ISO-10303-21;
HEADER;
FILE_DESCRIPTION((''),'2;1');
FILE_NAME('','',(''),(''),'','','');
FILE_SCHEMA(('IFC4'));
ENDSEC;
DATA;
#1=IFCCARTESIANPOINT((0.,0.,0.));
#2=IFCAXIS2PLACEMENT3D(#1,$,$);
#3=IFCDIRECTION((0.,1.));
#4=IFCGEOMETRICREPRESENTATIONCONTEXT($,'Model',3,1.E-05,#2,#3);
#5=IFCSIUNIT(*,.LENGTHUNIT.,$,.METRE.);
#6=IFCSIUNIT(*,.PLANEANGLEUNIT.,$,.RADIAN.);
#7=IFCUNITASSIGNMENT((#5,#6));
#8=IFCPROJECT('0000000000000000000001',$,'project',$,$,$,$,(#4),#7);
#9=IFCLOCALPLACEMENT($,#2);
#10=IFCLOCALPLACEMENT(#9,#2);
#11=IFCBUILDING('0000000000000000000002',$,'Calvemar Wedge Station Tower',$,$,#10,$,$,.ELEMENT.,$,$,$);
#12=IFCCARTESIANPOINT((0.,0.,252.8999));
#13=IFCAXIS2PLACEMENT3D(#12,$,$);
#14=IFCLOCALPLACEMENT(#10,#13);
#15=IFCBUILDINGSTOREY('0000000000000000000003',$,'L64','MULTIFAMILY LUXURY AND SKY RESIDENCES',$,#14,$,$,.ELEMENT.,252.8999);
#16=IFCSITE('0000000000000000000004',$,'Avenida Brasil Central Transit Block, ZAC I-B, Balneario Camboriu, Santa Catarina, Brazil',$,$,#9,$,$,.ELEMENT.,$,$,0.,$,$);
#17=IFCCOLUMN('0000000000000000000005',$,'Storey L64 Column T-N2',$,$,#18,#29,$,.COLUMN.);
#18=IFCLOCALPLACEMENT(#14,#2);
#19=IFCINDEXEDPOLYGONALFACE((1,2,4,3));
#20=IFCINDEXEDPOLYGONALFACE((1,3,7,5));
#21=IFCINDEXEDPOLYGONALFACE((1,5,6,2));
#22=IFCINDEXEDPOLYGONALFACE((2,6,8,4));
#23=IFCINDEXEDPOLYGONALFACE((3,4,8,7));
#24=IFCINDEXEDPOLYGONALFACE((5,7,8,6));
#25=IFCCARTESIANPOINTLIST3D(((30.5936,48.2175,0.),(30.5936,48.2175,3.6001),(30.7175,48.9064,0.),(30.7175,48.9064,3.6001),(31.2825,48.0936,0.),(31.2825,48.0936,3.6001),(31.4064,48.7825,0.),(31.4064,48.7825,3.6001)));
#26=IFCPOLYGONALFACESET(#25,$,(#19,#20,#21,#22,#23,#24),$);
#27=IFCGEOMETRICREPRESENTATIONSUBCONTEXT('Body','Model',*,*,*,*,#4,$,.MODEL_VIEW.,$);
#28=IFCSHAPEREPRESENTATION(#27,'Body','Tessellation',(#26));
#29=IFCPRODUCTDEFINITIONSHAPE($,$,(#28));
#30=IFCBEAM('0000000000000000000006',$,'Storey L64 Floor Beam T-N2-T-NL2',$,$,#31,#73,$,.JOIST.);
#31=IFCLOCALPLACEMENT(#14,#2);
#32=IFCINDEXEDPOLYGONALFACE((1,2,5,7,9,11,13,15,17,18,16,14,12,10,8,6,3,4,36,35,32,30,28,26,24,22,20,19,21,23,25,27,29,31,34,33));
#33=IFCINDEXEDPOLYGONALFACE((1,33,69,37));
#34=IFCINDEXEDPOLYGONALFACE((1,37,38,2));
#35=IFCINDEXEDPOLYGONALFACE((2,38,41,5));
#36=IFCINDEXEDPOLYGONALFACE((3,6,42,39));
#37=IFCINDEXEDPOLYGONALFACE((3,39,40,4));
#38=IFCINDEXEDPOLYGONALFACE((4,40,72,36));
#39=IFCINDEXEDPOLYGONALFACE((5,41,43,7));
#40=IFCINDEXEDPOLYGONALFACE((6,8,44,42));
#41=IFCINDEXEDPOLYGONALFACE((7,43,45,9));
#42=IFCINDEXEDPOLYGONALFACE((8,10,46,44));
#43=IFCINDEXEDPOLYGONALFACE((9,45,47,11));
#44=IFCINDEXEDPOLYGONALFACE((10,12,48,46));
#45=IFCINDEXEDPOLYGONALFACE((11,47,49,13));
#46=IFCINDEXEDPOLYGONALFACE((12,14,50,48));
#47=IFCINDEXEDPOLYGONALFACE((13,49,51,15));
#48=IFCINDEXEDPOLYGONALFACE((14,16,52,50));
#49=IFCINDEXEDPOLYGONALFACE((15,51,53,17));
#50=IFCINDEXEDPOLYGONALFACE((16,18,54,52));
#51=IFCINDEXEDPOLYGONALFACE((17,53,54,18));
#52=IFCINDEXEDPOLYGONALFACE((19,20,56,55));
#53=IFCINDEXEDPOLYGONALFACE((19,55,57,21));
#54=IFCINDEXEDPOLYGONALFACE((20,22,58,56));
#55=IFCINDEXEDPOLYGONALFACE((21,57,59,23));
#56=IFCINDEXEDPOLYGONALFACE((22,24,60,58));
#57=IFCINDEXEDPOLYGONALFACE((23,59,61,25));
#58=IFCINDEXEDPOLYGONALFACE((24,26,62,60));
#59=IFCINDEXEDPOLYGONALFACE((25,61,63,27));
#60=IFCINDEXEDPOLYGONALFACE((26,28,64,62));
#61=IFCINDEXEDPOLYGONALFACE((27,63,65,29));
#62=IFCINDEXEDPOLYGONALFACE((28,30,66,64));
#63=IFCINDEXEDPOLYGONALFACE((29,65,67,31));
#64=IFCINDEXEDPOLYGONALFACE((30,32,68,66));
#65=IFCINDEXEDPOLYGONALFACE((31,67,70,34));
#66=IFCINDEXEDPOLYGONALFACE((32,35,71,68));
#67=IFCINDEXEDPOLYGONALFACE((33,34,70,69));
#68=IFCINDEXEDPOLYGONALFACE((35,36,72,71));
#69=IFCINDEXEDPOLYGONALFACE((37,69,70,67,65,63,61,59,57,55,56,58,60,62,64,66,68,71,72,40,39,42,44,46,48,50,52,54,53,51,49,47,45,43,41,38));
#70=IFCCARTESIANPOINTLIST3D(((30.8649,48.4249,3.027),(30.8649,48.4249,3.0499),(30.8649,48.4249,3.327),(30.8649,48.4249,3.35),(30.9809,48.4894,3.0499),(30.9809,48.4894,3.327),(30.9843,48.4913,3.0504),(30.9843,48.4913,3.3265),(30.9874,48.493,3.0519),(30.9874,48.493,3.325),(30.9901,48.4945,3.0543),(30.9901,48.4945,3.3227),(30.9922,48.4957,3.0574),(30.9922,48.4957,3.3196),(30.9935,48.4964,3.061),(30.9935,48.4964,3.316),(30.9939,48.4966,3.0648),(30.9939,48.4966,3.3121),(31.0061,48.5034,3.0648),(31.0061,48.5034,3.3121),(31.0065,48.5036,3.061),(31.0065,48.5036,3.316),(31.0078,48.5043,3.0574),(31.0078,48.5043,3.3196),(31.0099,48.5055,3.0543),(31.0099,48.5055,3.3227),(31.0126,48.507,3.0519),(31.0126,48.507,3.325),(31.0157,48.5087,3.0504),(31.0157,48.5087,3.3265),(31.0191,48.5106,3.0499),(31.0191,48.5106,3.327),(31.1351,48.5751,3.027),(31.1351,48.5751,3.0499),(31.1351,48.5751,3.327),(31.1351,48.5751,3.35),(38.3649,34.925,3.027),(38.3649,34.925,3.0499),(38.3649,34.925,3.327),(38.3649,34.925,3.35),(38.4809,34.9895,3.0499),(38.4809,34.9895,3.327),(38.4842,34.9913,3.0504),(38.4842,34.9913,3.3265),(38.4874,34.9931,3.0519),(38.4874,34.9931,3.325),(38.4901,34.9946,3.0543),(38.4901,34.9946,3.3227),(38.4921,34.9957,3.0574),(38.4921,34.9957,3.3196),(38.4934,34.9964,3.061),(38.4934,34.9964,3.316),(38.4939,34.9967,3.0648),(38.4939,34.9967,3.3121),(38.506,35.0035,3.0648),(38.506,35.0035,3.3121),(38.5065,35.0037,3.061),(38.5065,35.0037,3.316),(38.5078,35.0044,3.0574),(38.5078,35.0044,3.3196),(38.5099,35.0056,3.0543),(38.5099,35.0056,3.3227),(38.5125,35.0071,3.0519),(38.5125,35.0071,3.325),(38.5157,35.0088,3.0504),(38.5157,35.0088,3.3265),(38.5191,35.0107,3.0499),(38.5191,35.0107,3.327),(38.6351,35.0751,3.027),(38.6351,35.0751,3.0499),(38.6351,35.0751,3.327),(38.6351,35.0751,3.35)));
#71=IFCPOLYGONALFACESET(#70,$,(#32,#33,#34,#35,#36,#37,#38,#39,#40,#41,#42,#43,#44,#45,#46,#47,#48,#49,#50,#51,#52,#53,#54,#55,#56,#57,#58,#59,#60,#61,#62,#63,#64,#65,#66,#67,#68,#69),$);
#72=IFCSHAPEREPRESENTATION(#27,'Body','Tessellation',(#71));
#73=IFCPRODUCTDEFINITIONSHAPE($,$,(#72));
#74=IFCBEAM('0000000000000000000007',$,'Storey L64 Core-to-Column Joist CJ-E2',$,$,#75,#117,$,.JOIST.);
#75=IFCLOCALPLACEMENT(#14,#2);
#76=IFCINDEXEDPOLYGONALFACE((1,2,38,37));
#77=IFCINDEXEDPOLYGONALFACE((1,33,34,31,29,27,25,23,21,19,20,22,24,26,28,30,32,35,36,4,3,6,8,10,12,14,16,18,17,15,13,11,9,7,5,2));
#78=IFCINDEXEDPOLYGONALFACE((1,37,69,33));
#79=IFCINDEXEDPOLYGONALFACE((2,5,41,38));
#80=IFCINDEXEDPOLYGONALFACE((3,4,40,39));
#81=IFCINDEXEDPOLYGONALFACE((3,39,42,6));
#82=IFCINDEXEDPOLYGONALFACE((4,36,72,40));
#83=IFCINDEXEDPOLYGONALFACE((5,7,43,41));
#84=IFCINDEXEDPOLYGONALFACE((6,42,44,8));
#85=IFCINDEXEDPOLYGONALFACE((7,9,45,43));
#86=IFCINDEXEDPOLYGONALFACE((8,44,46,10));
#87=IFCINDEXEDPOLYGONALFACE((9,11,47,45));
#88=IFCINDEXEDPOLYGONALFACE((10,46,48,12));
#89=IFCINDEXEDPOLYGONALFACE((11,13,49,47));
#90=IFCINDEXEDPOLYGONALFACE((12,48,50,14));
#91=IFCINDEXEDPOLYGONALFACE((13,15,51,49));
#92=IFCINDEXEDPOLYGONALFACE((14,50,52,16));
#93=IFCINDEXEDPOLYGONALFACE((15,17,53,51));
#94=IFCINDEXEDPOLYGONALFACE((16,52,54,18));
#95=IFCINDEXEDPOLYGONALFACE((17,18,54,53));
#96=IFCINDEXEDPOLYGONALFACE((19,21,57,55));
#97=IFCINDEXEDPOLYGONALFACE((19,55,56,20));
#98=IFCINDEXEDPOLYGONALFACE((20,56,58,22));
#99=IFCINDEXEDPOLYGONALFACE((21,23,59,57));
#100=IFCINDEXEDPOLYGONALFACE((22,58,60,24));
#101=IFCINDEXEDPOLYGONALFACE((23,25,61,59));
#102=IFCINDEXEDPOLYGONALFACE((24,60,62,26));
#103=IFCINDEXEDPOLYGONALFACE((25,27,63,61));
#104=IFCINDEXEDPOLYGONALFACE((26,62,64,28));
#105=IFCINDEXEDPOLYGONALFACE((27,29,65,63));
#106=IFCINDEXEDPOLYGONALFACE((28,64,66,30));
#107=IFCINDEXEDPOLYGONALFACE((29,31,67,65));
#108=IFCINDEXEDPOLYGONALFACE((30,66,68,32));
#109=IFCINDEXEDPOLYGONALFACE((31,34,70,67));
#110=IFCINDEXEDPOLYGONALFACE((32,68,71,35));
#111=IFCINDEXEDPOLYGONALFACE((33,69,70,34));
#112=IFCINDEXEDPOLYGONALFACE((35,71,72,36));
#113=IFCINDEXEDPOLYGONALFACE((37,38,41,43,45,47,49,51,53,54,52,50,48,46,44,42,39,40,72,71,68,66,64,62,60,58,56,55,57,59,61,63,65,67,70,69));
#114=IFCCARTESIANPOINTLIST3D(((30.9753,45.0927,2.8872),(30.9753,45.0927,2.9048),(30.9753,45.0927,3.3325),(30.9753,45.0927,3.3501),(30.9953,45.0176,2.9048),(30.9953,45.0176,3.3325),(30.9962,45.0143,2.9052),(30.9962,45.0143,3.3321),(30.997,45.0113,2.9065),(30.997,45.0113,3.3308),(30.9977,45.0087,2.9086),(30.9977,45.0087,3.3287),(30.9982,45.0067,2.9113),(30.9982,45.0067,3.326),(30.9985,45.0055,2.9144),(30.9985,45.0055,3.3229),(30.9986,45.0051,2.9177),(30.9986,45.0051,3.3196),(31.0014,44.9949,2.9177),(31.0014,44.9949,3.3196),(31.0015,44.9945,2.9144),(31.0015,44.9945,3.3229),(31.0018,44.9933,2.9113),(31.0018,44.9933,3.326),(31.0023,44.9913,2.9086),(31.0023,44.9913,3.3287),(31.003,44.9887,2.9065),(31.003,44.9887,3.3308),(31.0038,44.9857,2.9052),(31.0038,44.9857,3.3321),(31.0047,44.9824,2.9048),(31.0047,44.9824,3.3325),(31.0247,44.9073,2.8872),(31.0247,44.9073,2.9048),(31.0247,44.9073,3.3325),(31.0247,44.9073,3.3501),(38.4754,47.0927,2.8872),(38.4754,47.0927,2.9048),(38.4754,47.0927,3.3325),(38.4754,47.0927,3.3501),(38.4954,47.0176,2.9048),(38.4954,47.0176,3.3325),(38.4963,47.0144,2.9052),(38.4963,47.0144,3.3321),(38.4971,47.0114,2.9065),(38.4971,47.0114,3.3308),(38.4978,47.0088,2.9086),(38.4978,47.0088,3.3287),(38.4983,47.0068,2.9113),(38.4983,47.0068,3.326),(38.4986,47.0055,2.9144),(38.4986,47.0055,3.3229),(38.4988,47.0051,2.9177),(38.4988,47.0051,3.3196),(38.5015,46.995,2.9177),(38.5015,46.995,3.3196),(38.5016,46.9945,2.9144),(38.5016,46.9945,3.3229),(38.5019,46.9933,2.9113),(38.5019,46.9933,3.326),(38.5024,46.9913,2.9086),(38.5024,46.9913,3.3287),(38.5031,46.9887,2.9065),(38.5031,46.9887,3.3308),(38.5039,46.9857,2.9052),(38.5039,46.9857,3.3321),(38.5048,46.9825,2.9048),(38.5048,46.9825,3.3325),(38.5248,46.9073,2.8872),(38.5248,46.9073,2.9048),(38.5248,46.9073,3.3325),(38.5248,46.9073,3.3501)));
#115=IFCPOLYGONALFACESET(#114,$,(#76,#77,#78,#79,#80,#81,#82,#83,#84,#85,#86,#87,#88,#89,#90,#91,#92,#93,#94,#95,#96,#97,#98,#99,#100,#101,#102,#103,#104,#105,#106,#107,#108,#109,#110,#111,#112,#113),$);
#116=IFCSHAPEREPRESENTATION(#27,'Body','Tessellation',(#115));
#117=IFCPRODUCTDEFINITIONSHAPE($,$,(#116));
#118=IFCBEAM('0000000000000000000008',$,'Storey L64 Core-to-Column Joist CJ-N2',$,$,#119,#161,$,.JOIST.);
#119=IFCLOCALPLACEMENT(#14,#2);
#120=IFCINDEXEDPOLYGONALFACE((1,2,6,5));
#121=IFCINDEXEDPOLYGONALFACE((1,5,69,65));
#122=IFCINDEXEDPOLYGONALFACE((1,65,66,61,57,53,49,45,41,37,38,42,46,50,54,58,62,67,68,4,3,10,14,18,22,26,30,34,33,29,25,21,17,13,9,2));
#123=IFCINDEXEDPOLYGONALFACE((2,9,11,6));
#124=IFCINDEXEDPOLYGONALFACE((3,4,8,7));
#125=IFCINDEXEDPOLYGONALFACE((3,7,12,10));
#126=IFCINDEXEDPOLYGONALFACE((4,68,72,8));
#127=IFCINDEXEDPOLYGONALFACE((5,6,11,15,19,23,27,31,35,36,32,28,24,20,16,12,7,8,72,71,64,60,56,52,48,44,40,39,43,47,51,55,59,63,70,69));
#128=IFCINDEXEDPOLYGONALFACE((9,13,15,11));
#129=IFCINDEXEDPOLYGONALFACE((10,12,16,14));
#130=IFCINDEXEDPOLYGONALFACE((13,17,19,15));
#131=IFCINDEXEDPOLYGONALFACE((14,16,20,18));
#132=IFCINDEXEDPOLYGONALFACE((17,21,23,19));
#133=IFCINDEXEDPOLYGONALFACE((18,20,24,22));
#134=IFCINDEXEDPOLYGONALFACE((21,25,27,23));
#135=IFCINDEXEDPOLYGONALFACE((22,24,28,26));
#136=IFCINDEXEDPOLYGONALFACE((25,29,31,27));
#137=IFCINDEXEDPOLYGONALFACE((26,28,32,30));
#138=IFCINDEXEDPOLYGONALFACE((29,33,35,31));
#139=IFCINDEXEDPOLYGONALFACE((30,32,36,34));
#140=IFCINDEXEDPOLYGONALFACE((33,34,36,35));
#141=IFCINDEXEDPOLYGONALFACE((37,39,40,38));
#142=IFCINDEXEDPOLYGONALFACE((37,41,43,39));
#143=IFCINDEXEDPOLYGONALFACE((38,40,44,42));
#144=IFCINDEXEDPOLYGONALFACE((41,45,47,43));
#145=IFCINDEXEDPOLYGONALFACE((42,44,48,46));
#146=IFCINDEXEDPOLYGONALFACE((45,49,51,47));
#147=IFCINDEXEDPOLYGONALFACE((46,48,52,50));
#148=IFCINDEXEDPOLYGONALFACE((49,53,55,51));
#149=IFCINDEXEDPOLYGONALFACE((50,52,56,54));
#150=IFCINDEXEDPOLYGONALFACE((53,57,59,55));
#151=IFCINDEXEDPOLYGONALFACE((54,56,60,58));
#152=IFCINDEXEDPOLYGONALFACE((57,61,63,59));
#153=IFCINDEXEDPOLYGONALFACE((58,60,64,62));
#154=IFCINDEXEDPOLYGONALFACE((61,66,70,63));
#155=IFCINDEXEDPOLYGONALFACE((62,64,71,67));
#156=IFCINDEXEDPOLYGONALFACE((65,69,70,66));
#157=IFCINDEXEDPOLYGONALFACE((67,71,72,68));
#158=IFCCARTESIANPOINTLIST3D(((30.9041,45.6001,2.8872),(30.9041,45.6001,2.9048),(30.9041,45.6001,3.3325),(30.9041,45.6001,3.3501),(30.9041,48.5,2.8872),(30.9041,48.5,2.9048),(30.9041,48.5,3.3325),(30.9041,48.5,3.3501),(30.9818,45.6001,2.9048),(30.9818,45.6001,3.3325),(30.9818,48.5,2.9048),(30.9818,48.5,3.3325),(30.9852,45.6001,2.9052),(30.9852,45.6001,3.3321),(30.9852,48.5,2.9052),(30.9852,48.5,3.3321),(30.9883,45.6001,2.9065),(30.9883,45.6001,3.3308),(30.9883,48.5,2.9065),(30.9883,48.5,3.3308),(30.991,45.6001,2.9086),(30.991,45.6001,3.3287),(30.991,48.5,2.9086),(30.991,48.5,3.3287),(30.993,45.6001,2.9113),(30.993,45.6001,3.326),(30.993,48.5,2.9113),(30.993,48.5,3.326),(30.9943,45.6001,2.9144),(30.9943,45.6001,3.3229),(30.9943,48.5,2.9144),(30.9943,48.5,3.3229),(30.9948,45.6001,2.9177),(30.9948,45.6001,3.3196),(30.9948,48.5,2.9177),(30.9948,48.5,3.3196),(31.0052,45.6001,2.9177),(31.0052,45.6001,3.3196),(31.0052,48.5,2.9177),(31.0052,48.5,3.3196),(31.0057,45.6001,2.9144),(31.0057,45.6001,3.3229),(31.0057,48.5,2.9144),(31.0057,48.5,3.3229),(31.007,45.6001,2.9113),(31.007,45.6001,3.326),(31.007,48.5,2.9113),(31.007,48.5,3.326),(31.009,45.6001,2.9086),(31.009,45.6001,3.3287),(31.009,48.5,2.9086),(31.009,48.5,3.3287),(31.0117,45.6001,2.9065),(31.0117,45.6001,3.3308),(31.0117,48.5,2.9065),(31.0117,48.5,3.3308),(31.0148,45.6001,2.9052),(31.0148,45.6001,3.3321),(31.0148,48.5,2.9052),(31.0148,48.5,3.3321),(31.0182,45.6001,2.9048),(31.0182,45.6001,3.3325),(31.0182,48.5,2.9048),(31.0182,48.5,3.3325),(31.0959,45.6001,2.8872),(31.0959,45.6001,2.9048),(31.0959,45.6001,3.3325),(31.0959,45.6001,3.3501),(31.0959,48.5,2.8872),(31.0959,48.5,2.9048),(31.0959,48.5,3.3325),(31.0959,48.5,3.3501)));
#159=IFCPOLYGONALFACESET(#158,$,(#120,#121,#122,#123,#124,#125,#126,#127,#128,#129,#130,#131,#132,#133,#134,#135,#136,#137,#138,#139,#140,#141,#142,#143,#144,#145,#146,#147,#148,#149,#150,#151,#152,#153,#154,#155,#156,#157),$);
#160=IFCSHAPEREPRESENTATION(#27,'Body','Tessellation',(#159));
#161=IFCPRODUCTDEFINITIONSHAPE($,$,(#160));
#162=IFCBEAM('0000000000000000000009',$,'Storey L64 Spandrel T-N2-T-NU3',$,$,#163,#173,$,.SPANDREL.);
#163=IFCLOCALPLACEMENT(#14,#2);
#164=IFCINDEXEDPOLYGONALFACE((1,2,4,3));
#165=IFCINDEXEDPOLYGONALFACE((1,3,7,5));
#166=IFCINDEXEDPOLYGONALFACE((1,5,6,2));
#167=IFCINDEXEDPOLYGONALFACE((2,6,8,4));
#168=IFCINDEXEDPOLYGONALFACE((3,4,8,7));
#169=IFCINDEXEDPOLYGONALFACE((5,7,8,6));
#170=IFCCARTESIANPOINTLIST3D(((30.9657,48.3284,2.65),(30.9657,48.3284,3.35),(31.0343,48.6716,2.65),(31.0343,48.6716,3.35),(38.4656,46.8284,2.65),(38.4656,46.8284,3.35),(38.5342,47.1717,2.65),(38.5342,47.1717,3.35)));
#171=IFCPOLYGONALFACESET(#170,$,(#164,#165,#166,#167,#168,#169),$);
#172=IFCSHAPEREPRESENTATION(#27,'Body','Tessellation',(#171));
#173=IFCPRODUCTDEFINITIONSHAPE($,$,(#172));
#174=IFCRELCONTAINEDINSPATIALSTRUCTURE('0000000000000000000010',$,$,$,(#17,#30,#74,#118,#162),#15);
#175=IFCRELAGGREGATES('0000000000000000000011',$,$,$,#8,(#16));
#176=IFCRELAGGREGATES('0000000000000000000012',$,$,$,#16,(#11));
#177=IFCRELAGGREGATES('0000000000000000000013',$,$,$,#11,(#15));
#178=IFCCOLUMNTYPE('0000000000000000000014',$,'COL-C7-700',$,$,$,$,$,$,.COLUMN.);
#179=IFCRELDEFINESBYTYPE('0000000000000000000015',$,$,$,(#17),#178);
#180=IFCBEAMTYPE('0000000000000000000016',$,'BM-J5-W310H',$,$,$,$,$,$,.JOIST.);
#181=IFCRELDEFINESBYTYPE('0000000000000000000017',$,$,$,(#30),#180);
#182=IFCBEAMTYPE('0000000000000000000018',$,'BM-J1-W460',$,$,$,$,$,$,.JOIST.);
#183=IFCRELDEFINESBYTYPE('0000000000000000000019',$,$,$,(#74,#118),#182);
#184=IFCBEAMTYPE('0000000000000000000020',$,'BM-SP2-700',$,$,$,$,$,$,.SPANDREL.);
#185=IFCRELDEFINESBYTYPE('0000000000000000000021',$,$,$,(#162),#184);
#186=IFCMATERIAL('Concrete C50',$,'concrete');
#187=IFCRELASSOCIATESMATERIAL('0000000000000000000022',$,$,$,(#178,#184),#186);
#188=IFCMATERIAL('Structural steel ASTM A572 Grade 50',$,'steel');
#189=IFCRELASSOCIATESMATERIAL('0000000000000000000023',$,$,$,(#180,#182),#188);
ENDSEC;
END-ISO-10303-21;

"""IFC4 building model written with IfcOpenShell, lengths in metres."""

from ifc_helpers import new_model, si_unit, direction, frame, origin, origin_2d, place, context, subcontext, project, spatial, rectangle, i_section, extrude, source, transform, mapped, material, material_profile, profile_set, type_object, element, save


model = new_model("IFC4")

# Units and contexts
model_context = context("Model", 3, precision=1e-05, world=origin(), true_north=direction((0.0, 1.0)))
body_context = subcontext(model_context, "Body", "Model", "MODEL_VIEW")
ifc_project = project(units=[si_unit("LENGTHUNIT", "METRE"), si_unit("PLANEANGLEUNIT", "RADIAN")], contexts=[model_context])

# Site, building, storey
site_placement = place(None, origin())
site = spatial("IfcSite", under=ifc_project, at=site_placement, Name="Avenida Brasil Central Transit Block, ZAC I-B, Balneario Camboriu, Santa Catarina, Brazil", CompositionType="ELEMENT", RefElevation=0.0)
building_placement = place(site_placement, origin())
building = spatial("IfcBuilding", under=site, at=building_placement, Name="Calvemar Wedge Station Tower", CompositionType="ELEMENT")
storey_placement = place(building_placement, frame((0.0, 0.0, 252.8999)))
storey = spatial("IfcBuildingStorey", under=building, at=storey_placement, Name="L64", Description="MULTIFAMILY LUXURY AND SKY RESIDENCES", CompositionType="ELEMENT", Elevation=252.8999)

# Column
ifc_material_1 = material(Name="Concrete C50", Category="concrete")
ifc_material_profile_1 = material_profile(ifc_material_1, rectangle(XDim=0.7, YDim=0.7, at=origin_2d()), Name="RC700x700")
ifc_profile_set_1 = profile_set([ifc_material_profile_1], Name="Concrete C50")
column_type = type_object("IfcColumnType", Name="COL-C7-700", PredefinedType="COLUMN", material=ifc_profile_set_1)
shared_shape_1 = source(origin(), body_context, "Body", "SweptSolid", [
    extrude(rectangle(XDim=0.7, YDim=0.7, at=origin_2d()), origin(), (0.0, 0.0, 1.0), 3.6001),
])
column_placement = place(storey_placement, frame((31.0, 48.5, 0.0), z_axis=(0.0, 0.0, 1.0), x_axis=(0.984196, -0.177085, 0.0)))
element("IfcColumn", 1, at=column_placement, inside=storey, type_object=column_type, Name="Storey L64 Column T-N2", PredefinedType="COLUMN", context=body_context, shape_type="MappedRepresentation", body=[
    mapped(shared_shape_1, transform((0.0, 0.0, 0.0), scale=1.0)),
])

# Beams
ifc_material_2 = material(Name="Structural steel ASTM A572 Grade 50", Category="steel")
ifc_material_profile_2 = material_profile(ifc_material_2, i_section(OverallWidth=0.3091, OverallDepth=0.323, WebThickness=0.0139, FlangeThickness=0.0229, FilletRadius=0.0149, at=origin_2d()), Name="W310x143")
ifc_profile_set_2 = profile_set([ifc_material_profile_2], Name="Structural steel ASTM A572 Grade 50")
beam_type_1 = type_object("IfcBeamType", Name="BM-J5-W310H", PredefinedType="JOIST", material=ifc_profile_set_2)
shared_shape_2 = source(origin(), body_context, "Body", "SweptSolid", [
    extrude(i_section(OverallWidth=0.3091, OverallDepth=0.323, WebThickness=0.0139, FlangeThickness=0.0229, FilletRadius=0.0149, at=origin_2d()), origin(), (0.0, 0.0, 1.0), 15.4434),
])
beam_1_placement = place(storey_placement, frame((31.0, 48.5, 3.1885), z_axis=(0.485643, -0.874157, 0.0), x_axis=(0.874157, 0.485643, 0.0)))
element("IfcBeam", 2, at=beam_1_placement, inside=storey, type_object=beam_type_1, Name="Storey L64 Floor Beam T-N2-T-NL2", PredefinedType="JOIST", context=body_context, shape_type="MappedRepresentation", body=[
    mapped(shared_shape_2, transform((0.0, 0.0, 0.0), scale=1.0)),
])
ifc_material_profile_3 = material_profile(ifc_material_2, i_section(OverallWidth=0.1919, OverallDepth=0.4629, WebThickness=0.0105, FlangeThickness=0.0176, FilletRadius=0.0129, at=origin_2d()), Name="W460x89")
ifc_profile_set_3 = profile_set([ifc_material_profile_3], Name="Structural steel ASTM A572 Grade 50")
beam_type_2 = type_object("IfcBeamType", Name="BM-J1-W460", PredefinedType="JOIST", material=ifc_profile_set_3)
shared_shape_3 = source(origin(), body_context, "Body", "SweptSolid", [
    extrude(i_section(OverallWidth=0.1919, OverallDepth=0.4629, WebThickness=0.0105, FlangeThickness=0.0176, FilletRadius=0.0129, at=origin_2d()), origin(), (0.0, 0.0, 1.0), 7.7622),
])
beam_2_placement = place(storey_placement, frame((31.0, 45.0, 3.1187), z_axis=(0.966235, 0.257663, 0.0), x_axis=(-0.257663, 0.966235, 0.0)))
element("IfcBeam", 3, at=beam_2_placement, inside=storey, type_object=beam_type_2, Name="Storey L64 Core-to-Column Joist CJ-E2", PredefinedType="JOIST", context=body_context, shape_type="MappedRepresentation", body=[
    mapped(shared_shape_3, transform((0.0, 0.0, 0.0), scale=1.0)),
])
shared_shape_4 = source(origin(), body_context, "Body", "SweptSolid", [
    extrude(i_section(OverallWidth=0.1919, OverallDepth=0.4629, WebThickness=0.0105, FlangeThickness=0.0176, FilletRadius=0.0129, at=origin_2d()), origin(), (0.0, 0.0, 1.0), 2.8999),
])
beam_3_placement = place(storey_placement, frame((31.0, 45.6001, 3.1187), z_axis=(0.0, 1.0, 0.0), x_axis=(-1.0, 0.0, 0.0)))
element("IfcBeam", 4, at=beam_3_placement, inside=storey, type_object=beam_type_2, Name="Storey L64 Core-to-Column Joist CJ-N2", PredefinedType="JOIST", context=body_context, shape_type="MappedRepresentation", body=[
    mapped(shared_shape_4, transform((0.0, 0.0, 0.0), scale=1.0)),
])
ifc_material_profile_4 = material_profile(ifc_material_1, rectangle(XDim=0.3501, YDim=0.7, at=origin_2d()), Name="RC350x700")
ifc_profile_set_4 = profile_set([ifc_material_profile_4], Name="Concrete C50")
beam_type_3 = type_object("IfcBeamType", Name="BM-SP2-700", PredefinedType="SPANDREL", material=ifc_profile_set_4)
shared_shape_5 = source(origin(), body_context, "Body", "SweptSolid", [
    extrude(rectangle(XDim=0.3501, YDim=0.7, at=origin_2d()), origin(), (0.0, 0.0, 1.0), 7.6484),
])
beam_4_placement = place(storey_placement, frame((31.0, 48.5, 3.0), z_axis=(0.980581, -0.196116, 0.0), x_axis=(0.196116, 0.980581, 0.0)))
element("IfcBeam", 5, at=beam_4_placement, inside=storey, type_object=beam_type_3, Name="Storey L64 Spandrel T-N2-T-NU3", PredefinedType="SPANDREL", context=body_context, shape_type="MappedRepresentation", body=[
    mapped(shared_shape_5, transform((0.0, 0.0, 0.0), scale=1.0)),
])

save(model, "model.ifc")
